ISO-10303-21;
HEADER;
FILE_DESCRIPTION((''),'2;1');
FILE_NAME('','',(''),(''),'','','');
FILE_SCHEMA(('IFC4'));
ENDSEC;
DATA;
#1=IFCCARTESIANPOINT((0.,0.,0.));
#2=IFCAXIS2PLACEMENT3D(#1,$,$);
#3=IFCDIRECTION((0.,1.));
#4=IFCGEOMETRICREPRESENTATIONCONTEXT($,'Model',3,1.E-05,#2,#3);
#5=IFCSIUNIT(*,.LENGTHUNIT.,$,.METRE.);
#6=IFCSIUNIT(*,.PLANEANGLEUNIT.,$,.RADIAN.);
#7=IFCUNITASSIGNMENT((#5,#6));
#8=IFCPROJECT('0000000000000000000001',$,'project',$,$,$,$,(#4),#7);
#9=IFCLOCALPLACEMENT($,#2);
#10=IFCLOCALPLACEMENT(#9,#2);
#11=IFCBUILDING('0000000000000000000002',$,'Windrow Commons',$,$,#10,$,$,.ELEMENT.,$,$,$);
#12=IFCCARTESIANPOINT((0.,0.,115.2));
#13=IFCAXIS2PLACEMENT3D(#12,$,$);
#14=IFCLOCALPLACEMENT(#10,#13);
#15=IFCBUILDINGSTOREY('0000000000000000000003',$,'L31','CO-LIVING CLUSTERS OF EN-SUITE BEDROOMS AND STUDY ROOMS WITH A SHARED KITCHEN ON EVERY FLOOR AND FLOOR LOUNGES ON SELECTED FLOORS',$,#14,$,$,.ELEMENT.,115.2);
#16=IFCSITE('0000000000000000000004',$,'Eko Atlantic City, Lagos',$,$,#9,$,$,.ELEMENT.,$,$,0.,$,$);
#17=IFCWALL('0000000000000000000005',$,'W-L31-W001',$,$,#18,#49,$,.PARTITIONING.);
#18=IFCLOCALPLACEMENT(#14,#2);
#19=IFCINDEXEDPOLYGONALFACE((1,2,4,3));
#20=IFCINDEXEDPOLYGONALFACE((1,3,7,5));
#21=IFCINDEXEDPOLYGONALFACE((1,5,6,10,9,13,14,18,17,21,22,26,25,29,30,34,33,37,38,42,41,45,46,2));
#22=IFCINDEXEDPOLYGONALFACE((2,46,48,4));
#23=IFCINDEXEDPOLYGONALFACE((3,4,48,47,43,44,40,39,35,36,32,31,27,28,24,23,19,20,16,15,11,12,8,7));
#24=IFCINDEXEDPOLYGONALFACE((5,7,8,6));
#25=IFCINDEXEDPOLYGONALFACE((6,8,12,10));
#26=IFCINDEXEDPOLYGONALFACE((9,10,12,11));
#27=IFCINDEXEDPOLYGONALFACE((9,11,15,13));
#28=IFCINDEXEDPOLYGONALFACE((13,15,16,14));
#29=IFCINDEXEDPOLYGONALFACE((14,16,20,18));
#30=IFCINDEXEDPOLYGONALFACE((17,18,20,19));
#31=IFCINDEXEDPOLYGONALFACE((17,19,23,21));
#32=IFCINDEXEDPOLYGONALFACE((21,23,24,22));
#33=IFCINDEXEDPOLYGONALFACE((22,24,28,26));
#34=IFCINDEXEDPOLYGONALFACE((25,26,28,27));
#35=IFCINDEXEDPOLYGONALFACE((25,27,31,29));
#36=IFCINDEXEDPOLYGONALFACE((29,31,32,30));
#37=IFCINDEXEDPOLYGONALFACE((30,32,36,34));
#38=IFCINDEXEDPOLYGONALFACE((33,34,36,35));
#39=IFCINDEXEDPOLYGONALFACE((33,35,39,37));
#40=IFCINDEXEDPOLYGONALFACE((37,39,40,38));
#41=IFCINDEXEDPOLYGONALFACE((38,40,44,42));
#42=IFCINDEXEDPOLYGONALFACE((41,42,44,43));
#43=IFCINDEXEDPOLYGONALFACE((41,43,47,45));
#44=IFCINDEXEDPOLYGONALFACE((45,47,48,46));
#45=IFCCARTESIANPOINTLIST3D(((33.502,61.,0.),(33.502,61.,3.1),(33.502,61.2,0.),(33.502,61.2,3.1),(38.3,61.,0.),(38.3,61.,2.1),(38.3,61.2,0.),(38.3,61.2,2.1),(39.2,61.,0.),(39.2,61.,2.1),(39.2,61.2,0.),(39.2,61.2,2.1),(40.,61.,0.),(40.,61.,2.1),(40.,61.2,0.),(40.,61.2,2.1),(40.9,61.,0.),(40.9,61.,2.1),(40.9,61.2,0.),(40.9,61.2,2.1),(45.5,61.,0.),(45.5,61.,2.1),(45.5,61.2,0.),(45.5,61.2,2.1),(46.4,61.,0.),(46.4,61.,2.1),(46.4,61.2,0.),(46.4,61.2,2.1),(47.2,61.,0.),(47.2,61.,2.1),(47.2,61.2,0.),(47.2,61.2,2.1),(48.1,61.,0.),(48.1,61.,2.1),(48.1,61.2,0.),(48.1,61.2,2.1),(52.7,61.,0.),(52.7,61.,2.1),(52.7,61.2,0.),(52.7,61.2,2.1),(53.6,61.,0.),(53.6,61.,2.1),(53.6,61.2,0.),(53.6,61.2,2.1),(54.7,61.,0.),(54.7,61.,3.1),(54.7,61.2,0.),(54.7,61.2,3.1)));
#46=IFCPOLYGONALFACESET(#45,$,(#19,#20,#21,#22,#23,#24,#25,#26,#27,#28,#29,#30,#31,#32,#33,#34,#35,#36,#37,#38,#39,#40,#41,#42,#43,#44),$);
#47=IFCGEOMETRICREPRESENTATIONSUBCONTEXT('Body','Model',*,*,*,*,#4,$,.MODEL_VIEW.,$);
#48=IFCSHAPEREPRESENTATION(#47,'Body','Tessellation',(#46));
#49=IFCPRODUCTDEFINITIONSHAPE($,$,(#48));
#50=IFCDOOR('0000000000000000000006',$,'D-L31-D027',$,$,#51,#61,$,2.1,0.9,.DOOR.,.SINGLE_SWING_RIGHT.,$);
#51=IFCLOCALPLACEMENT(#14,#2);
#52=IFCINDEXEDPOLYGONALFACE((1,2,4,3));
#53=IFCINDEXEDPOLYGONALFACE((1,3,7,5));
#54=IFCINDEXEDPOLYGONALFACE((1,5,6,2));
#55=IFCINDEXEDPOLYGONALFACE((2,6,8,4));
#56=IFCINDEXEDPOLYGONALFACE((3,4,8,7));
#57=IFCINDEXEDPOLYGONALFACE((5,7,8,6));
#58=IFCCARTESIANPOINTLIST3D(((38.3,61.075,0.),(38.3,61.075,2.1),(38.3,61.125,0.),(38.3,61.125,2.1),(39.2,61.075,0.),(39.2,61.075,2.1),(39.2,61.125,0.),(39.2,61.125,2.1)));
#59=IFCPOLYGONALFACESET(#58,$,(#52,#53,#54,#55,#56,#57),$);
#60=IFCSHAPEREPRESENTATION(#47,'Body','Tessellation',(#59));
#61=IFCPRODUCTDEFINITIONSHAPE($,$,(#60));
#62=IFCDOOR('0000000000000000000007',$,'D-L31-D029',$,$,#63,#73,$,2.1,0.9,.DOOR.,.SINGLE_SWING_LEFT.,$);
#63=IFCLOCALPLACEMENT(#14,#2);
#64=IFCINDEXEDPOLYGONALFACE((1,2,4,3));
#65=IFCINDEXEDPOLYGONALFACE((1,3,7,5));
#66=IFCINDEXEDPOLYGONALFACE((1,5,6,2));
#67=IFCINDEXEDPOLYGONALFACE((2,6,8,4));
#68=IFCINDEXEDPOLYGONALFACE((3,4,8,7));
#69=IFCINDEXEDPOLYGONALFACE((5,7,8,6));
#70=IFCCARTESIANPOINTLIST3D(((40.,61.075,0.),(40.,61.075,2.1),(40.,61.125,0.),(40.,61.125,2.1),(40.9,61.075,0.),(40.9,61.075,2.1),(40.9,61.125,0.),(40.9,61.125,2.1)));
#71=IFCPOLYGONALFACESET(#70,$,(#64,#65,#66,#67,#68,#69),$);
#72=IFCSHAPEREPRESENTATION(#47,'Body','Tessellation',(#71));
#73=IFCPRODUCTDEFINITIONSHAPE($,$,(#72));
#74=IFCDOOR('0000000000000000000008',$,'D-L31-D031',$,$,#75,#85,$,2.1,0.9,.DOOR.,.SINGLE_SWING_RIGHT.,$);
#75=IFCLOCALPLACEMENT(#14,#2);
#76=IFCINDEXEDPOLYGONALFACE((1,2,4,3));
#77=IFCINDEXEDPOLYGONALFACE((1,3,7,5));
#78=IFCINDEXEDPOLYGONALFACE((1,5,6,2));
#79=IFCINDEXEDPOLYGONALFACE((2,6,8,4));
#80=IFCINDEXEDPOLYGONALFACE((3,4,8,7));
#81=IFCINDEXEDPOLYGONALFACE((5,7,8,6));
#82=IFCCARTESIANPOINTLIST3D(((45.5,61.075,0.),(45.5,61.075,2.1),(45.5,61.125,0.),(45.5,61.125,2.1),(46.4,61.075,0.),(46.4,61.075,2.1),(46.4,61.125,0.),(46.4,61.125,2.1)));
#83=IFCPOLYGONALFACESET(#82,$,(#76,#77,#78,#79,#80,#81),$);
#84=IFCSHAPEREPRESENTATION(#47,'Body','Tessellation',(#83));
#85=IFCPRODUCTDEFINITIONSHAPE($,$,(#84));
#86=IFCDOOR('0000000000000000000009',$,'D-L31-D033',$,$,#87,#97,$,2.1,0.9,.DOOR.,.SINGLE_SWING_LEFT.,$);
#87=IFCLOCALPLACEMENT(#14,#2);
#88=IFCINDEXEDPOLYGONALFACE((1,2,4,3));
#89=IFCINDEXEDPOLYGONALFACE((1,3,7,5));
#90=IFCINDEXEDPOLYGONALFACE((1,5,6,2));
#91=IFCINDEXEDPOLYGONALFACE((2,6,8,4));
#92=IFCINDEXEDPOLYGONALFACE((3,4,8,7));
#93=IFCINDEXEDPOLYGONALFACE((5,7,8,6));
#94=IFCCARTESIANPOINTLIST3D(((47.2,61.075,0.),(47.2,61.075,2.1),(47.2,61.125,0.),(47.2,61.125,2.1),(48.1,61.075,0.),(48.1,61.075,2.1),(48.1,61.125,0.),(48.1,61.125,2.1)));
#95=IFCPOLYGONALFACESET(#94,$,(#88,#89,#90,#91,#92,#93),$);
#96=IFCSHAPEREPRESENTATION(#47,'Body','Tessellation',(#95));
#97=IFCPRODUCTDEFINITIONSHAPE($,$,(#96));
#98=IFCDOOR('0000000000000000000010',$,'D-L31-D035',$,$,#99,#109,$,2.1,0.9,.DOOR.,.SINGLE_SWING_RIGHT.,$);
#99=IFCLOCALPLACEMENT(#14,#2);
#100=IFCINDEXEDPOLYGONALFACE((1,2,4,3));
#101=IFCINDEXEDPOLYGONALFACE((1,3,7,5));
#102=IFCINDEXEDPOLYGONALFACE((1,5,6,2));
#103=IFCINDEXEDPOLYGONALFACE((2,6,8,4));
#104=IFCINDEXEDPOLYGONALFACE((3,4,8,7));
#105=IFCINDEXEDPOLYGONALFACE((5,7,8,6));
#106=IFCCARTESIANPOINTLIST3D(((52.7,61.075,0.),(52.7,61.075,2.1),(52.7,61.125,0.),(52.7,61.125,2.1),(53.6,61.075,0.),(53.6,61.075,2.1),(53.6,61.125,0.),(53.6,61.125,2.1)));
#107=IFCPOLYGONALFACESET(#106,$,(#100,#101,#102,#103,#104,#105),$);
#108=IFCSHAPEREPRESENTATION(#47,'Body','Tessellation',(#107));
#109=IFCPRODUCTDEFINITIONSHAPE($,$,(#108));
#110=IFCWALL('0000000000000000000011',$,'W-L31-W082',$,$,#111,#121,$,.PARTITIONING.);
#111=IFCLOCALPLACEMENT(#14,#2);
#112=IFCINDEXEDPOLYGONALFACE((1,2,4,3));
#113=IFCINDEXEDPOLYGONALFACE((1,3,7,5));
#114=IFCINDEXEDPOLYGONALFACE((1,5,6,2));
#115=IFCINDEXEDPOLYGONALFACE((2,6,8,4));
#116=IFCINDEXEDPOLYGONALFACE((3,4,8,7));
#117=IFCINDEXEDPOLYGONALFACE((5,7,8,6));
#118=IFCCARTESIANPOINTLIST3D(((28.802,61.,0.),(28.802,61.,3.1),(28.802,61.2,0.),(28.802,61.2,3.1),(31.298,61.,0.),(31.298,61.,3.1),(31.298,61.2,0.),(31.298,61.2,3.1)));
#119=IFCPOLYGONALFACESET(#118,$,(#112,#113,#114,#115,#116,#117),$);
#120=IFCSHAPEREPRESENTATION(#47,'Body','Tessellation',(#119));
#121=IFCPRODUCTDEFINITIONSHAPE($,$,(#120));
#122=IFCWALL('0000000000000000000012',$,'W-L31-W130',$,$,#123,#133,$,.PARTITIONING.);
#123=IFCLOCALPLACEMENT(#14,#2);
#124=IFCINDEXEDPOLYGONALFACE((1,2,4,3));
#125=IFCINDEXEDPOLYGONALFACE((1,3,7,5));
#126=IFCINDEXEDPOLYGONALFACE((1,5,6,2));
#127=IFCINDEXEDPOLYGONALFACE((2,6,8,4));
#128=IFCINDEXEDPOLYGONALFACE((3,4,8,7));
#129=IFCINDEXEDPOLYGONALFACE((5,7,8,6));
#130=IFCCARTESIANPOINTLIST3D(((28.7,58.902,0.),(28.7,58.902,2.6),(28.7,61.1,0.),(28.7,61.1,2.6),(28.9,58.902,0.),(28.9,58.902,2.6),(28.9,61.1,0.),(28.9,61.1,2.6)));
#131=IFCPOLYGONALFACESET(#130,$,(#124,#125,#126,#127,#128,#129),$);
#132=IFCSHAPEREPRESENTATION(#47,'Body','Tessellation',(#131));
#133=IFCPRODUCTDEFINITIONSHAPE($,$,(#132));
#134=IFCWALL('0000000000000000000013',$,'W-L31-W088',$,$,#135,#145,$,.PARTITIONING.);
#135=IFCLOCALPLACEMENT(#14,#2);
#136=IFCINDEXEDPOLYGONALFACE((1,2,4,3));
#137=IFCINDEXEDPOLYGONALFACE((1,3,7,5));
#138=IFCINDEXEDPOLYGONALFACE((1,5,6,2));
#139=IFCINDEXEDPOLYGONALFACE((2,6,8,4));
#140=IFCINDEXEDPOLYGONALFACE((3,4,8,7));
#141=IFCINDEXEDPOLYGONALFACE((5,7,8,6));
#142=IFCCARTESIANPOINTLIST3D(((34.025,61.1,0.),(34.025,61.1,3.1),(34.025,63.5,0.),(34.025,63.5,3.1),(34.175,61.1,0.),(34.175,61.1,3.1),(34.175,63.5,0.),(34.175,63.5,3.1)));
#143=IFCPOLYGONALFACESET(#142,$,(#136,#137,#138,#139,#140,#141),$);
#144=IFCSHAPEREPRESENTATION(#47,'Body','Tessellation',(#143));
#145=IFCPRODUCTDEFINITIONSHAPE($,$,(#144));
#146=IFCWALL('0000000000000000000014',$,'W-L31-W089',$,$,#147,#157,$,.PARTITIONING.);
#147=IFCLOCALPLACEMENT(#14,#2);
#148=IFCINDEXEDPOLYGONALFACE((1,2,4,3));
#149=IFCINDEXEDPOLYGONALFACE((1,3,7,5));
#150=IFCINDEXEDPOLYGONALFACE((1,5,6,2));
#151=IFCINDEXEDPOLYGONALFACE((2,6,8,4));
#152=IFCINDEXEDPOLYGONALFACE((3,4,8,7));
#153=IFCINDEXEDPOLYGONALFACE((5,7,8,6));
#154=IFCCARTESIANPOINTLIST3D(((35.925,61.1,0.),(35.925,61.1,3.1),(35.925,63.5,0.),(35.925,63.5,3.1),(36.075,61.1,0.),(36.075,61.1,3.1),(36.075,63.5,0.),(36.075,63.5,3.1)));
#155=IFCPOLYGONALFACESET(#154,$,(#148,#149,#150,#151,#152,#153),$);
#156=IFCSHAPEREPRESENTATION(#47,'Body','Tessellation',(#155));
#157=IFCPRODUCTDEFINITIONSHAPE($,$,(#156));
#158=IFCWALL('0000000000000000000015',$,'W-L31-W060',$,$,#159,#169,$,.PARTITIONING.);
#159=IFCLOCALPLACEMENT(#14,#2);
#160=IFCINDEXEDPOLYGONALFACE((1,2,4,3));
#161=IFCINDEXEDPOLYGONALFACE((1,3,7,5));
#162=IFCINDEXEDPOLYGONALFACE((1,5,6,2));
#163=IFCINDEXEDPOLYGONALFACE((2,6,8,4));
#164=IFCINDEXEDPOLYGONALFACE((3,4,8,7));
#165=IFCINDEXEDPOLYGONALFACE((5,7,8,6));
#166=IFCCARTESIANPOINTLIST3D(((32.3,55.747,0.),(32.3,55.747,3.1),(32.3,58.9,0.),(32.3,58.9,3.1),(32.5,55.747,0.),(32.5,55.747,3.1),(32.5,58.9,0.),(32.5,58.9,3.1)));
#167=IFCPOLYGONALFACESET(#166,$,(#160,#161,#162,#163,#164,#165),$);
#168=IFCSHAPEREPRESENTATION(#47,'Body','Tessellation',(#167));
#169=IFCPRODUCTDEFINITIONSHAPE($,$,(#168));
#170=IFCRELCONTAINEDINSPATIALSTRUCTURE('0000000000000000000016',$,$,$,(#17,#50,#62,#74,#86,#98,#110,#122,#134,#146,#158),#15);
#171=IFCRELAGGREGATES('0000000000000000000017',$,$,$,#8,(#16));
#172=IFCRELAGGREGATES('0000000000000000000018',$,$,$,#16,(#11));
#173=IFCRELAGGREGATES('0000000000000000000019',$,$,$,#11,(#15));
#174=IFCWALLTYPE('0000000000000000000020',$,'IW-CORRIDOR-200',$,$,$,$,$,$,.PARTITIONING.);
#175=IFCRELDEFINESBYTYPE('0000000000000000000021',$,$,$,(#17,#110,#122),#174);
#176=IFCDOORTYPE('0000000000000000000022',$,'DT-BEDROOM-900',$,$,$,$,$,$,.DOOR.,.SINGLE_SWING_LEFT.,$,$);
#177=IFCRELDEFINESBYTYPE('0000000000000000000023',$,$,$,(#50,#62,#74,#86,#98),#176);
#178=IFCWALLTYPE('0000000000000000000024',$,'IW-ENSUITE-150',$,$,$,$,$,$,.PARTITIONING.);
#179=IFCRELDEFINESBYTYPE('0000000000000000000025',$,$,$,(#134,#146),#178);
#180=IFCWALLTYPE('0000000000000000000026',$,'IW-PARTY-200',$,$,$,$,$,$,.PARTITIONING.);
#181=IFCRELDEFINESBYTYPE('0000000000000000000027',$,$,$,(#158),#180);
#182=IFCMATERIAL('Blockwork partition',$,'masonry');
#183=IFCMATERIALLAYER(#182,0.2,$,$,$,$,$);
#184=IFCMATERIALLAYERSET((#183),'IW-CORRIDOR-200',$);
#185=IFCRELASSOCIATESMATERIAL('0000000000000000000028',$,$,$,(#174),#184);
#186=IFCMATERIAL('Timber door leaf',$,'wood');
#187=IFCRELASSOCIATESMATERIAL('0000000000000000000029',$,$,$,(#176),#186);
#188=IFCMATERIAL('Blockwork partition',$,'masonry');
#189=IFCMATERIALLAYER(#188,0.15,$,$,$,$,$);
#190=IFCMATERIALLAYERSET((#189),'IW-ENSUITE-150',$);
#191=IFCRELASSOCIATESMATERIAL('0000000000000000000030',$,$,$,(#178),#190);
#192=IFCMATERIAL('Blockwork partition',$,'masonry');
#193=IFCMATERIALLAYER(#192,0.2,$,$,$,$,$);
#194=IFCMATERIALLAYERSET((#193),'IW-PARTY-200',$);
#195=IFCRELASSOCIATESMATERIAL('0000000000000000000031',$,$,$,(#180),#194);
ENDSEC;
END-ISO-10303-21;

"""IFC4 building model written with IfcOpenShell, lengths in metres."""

from ifc_helpers import new_model, si_unit, direction, frame, frame_2d, origin, place, context, subcontext, project, spatial, rectangle, extrude, material, layer, layer_set, type_object, element, fill, save


model = new_model("IFC4")

# Units and contexts
model_context = context("Model", 3, precision=1e-05, world=origin(), true_north=direction((0.0, 1.0)))
body_context = subcontext(model_context, "Body", "Model", "MODEL_VIEW")
ifc_project = project(units=[si_unit("LENGTHUNIT", "METRE"), si_unit("PLANEANGLEUNIT", "RADIAN")], contexts=[model_context])

# Site, building, storey
site_placement = place(None, origin())
site = spatial("IfcSite", under=ifc_project, at=site_placement, Name="Eko Atlantic City, Lagos", CompositionType="ELEMENT", RefElevation=0.0)
building_placement = place(site_placement, origin())
building = spatial("IfcBuilding", under=site, at=building_placement, Name="Windrow Commons", CompositionType="ELEMENT")
storey_placement = place(building_placement, frame((0.0, 0.0, 115.2)))
storey = spatial("IfcBuildingStorey", under=building, at=storey_placement, Name="L31", Description="CO-LIVING CLUSTERS OF EN-SUITE BEDROOMS AND STUDY ROOMS WITH A SHARED KITCHEN ON EVERY FLOOR AND FLOOR LOUNGES ON SELECTED FLOORS", CompositionType="ELEMENT", Elevation=115.2)

# Wall, openings, doors
ifc_material_1 = material(Name="Blockwork partition", Category="masonry")
ifc_layer_1 = layer(ifc_material_1, 0.2)
ifc_layer_set_1 = layer_set([ifc_layer_1], Name="IW-CORRIDOR-200")
wall_type_1 = type_object("IfcWallType", Name="IW-CORRIDOR-200", PredefinedType="PARTITIONING", material=ifc_layer_set_1)
ifc_material_2 = material(Name="Timber door leaf", Category="wood")
door_type_1 = type_object("IfcDoorType", Name="DT-BEDROOM-900", OperationType="SINGLE_SWING_LEFT", PredefinedType="DOOR", material=ifc_material_2)
wall_1_placement = place(storey_placement, frame((33.502, 61.1, 0.0), z_axis=(0.0, 0.0, 1.0), x_axis=(1.0, 0.0, 0.0)))
wall_1 = element("IfcWall", 1, at=wall_1_placement, inside=storey, type_object=wall_type_1, Name="W-L31-W001", PredefinedType="PARTITIONING", context=body_context, shape_type="SweptSolid", body=[
    extrude(rectangle(XDim=21.198, YDim=0.2, at=frame_2d((10.599, 0.0))), origin(), (0.0, 0.0, 1.0), 3.1),
])
opening_1_placement = place(wall_1_placement, frame((4.798, 0.0, 0.0)))
opening_1 = element("IfcOpeningElement", 2, at=opening_1_placement, cuts=wall_1, PredefinedType="OPENING", context=body_context, shape_type="SweptSolid", body=[
    extrude(rectangle(XDim=0.9, YDim=2.1, at=frame_2d((0.45, 1.05))), frame((0.0, 0.11, 0.0), z_axis=(0.0, -1.0, 0.0), x_axis=(1.0, 0.0, 0.0)), (0.0, 0.0, 1.0), 0.22),
])
opening_2_placement = place(wall_1_placement, frame((6.498, 0.0, 0.0)))
opening_2 = element("IfcOpeningElement", 3, at=opening_2_placement, cuts=wall_1, PredefinedType="OPENING", context=body_context, shape_type="SweptSolid", body=[
    extrude(rectangle(XDim=0.9, YDim=2.1, at=frame_2d((0.45, 1.05))), frame((0.0, 0.11, 0.0), z_axis=(0.0, -1.0, 0.0), x_axis=(1.0, 0.0, 0.0)), (0.0, 0.0, 1.0), 0.22),
])
opening_3_placement = place(wall_1_placement, frame((11.998, 0.0, 0.0)))
opening_3 = element("IfcOpeningElement", 4, at=opening_3_placement, cuts=wall_1, PredefinedType="OPENING", context=body_context, shape_type="SweptSolid", body=[
    extrude(rectangle(XDim=0.9, YDim=2.1, at=frame_2d((0.45, 1.05))), frame((0.0, 0.11, 0.0), z_axis=(0.0, -1.0, 0.0), x_axis=(1.0, 0.0, 0.0)), (0.0, 0.0, 1.0), 0.22),
])
opening_4_placement = place(wall_1_placement, frame((13.698, 0.0, 0.0)))
opening_4 = element("IfcOpeningElement", 5, at=opening_4_placement, cuts=wall_1, PredefinedType="OPENING", context=body_context, shape_type="SweptSolid", body=[
    extrude(rectangle(XDim=0.9, YDim=2.1, at=frame_2d((0.45, 1.05))), frame((0.0, 0.11, 0.0), z_axis=(0.0, -1.0, 0.0), x_axis=(1.0, 0.0, 0.0)), (0.0, 0.0, 1.0), 0.22),
])
opening_5_placement = place(wall_1_placement, frame((19.198, 0.0, 0.0)))
opening_5 = element("IfcOpeningElement", 6, at=opening_5_placement, cuts=wall_1, PredefinedType="OPENING", context=body_context, shape_type="SweptSolid", body=[
    extrude(rectangle(XDim=0.9, YDim=2.1, at=frame_2d((0.45, 1.05))), frame((0.0, 0.11, 0.0), z_axis=(0.0, -1.0, 0.0), x_axis=(1.0, 0.0, 0.0)), (0.0, 0.0, 1.0), 0.22),
])
door_1_placement = place(opening_1_placement, origin())
door_1 = element("IfcDoor", 7, at=door_1_placement, inside=storey, type_object=door_type_1, Name="D-L31-D027", OperationType="SINGLE_SWING_RIGHT", OverallHeight=2.1, OverallWidth=0.9, PredefinedType="DOOR", context=body_context, shape_type="SweptSolid", body=[
    extrude(rectangle(XDim=0.9, YDim=2.1, at=frame_2d((0.45, 1.05))), frame((0.0, 0.025, 0.0), z_axis=(0.0, -1.0, 0.0), x_axis=(1.0, 0.0, 0.0)), (0.0, 0.0, 1.0), 0.05),
])
fill(opening_1, door_1)
door_2_placement = place(opening_2_placement, origin())
door_2 = element("IfcDoor", 8, at=door_2_placement, inside=storey, type_object=door_type_1, Name="D-L31-D029", OperationType="SINGLE_SWING_LEFT", OverallHeight=2.1, OverallWidth=0.9, PredefinedType="DOOR", context=body_context, shape_type="SweptSolid", body=[
    extrude(rectangle(XDim=0.9, YDim=2.1, at=frame_2d((0.45, 1.05))), frame((0.0, 0.025, 0.0), z_axis=(0.0, -1.0, 0.0), x_axis=(1.0, 0.0, 0.0)), (0.0, 0.0, 1.0), 0.05),
])
fill(opening_2, door_2)
door_3_placement = place(opening_3_placement, origin())
door_3 = element("IfcDoor", 9, at=door_3_placement, inside=storey, type_object=door_type_1, Name="D-L31-D031", OperationType="SINGLE_SWING_RIGHT", OverallHeight=2.1, OverallWidth=0.9, PredefinedType="DOOR", context=body_context, shape_type="SweptSolid", body=[
    extrude(rectangle(XDim=0.9, YDim=2.1, at=frame_2d((0.45, 1.05))), frame((0.0, 0.025, 0.0), z_axis=(0.0, -1.0, 0.0), x_axis=(1.0, 0.0, 0.0)), (0.0, 0.0, 1.0), 0.05),
])
fill(opening_3, door_3)
door_4_placement = place(opening_4_placement, origin())
door_4 = element("IfcDoor", 10, at=door_4_placement, inside=storey, type_object=door_type_1, Name="D-L31-D033", OperationType="SINGLE_SWING_LEFT", OverallHeight=2.1, OverallWidth=0.9, PredefinedType="DOOR", context=body_context, shape_type="SweptSolid", body=[
    extrude(rectangle(XDim=0.9, YDim=2.1, at=frame_2d((0.45, 1.05))), frame((0.0, 0.025, 0.0), z_axis=(0.0, -1.0, 0.0), x_axis=(1.0, 0.0, 0.0)), (0.0, 0.0, 1.0), 0.05),
])
fill(opening_4, door_4)
door_5_placement = place(opening_5_placement, origin())
door_5 = element("IfcDoor", 11, at=door_5_placement, inside=storey, type_object=door_type_1, Name="D-L31-D035", OperationType="SINGLE_SWING_RIGHT", OverallHeight=2.1, OverallWidth=0.9, PredefinedType="DOOR", context=body_context, shape_type="SweptSolid", body=[
    extrude(rectangle(XDim=0.9, YDim=2.1, at=frame_2d((0.45, 1.05))), frame((0.0, 0.025, 0.0), z_axis=(0.0, -1.0, 0.0), x_axis=(1.0, 0.0, 0.0)), (0.0, 0.0, 1.0), 0.05),
])
fill(opening_5, door_5)

# Walls
wall_2_placement = place(storey_placement, frame((28.802, 61.1, 0.0), z_axis=(0.0, 0.0, 1.0), x_axis=(1.0, 0.0, 0.0)))
element("IfcWall", 12, at=wall_2_placement, inside=storey, type_object=wall_type_1, Name="W-L31-W082", PredefinedType="PARTITIONING", context=body_context, shape_type="SweptSolid", body=[
    extrude(rectangle(XDim=2.496, YDim=0.2, at=frame_2d((1.248, 0.0))), origin(), (0.0, 0.0, 1.0), 3.1),
])
wall_3_placement = place(storey_placement, frame((28.8, 58.902, 0.0), z_axis=(0.0, 0.0, 1.0), x_axis=(0.0, 1.0, 0.0)))
element("IfcWall", 13, at=wall_3_placement, inside=storey, type_object=wall_type_1, Name="W-L31-W130", PredefinedType="PARTITIONING", context=body_context, shape_type="SweptSolid", body=[
    extrude(rectangle(XDim=2.198, YDim=0.2, at=frame_2d((1.099, 0.0))), origin(), (0.0, 0.0, 1.0), 2.6),
])
ifc_material_3 = material(Name="Blockwork partition", Category="masonry")
ifc_layer_2 = layer(ifc_material_3, 0.15)
ifc_layer_set_2 = layer_set([ifc_layer_2], Name="IW-ENSUITE-150")
wall_type_2 = type_object("IfcWallType", Name="IW-ENSUITE-150", PredefinedType="PARTITIONING", material=ifc_layer_set_2)
for number, where, z_axis, x_axis, name in (
    (14, (34.1, 61.1, 0.0), (0.0, 0.0, 1.0), (0.0, 1.0, 0.0), "W-L31-W088"),
    (15, (36.0, 61.1, 0.0), (0.0, 0.0, 1.0), (0.0, 1.0, 0.0), "W-L31-W089"),
):
    element("IfcWall", number, at=place(storey_placement, frame(where, z_axis=z_axis, x_axis=x_axis)), inside=storey, type_object=wall_type_2, Name=name, PredefinedType="PARTITIONING", context=body_context, shape_type="SweptSolid", body=[
        extrude(rectangle(XDim=2.4, YDim=0.15, at=frame_2d((1.2, 0.0))), origin(), (0.0, 0.0, 1.0), 3.1),
    ])
ifc_material_4 = material(Name="Blockwork partition", Category="masonry")
ifc_layer_3 = layer(ifc_material_4, 0.2)
ifc_layer_set_3 = layer_set([ifc_layer_3], Name="IW-PARTY-200")
wall_type_3 = type_object("IfcWallType", Name="IW-PARTY-200", PredefinedType="PARTITIONING", material=ifc_layer_set_3)
wall_4_placement = place(storey_placement, frame((32.4, 55.747, 0.0), z_axis=(0.0, 0.0, 1.0), x_axis=(0.0, 1.0, 0.0)))
element("IfcWall", 16, at=wall_4_placement, inside=storey, type_object=wall_type_3, Name="W-L31-W060", PredefinedType="PARTITIONING", context=body_context, shape_type="SweptSolid", body=[
    extrude(rectangle(XDim=3.153, YDim=0.2, at=frame_2d((1.5765, 0.0))), origin(), (0.0, 0.0, 1.0), 3.1),
])

save(model, "model.ifc")
